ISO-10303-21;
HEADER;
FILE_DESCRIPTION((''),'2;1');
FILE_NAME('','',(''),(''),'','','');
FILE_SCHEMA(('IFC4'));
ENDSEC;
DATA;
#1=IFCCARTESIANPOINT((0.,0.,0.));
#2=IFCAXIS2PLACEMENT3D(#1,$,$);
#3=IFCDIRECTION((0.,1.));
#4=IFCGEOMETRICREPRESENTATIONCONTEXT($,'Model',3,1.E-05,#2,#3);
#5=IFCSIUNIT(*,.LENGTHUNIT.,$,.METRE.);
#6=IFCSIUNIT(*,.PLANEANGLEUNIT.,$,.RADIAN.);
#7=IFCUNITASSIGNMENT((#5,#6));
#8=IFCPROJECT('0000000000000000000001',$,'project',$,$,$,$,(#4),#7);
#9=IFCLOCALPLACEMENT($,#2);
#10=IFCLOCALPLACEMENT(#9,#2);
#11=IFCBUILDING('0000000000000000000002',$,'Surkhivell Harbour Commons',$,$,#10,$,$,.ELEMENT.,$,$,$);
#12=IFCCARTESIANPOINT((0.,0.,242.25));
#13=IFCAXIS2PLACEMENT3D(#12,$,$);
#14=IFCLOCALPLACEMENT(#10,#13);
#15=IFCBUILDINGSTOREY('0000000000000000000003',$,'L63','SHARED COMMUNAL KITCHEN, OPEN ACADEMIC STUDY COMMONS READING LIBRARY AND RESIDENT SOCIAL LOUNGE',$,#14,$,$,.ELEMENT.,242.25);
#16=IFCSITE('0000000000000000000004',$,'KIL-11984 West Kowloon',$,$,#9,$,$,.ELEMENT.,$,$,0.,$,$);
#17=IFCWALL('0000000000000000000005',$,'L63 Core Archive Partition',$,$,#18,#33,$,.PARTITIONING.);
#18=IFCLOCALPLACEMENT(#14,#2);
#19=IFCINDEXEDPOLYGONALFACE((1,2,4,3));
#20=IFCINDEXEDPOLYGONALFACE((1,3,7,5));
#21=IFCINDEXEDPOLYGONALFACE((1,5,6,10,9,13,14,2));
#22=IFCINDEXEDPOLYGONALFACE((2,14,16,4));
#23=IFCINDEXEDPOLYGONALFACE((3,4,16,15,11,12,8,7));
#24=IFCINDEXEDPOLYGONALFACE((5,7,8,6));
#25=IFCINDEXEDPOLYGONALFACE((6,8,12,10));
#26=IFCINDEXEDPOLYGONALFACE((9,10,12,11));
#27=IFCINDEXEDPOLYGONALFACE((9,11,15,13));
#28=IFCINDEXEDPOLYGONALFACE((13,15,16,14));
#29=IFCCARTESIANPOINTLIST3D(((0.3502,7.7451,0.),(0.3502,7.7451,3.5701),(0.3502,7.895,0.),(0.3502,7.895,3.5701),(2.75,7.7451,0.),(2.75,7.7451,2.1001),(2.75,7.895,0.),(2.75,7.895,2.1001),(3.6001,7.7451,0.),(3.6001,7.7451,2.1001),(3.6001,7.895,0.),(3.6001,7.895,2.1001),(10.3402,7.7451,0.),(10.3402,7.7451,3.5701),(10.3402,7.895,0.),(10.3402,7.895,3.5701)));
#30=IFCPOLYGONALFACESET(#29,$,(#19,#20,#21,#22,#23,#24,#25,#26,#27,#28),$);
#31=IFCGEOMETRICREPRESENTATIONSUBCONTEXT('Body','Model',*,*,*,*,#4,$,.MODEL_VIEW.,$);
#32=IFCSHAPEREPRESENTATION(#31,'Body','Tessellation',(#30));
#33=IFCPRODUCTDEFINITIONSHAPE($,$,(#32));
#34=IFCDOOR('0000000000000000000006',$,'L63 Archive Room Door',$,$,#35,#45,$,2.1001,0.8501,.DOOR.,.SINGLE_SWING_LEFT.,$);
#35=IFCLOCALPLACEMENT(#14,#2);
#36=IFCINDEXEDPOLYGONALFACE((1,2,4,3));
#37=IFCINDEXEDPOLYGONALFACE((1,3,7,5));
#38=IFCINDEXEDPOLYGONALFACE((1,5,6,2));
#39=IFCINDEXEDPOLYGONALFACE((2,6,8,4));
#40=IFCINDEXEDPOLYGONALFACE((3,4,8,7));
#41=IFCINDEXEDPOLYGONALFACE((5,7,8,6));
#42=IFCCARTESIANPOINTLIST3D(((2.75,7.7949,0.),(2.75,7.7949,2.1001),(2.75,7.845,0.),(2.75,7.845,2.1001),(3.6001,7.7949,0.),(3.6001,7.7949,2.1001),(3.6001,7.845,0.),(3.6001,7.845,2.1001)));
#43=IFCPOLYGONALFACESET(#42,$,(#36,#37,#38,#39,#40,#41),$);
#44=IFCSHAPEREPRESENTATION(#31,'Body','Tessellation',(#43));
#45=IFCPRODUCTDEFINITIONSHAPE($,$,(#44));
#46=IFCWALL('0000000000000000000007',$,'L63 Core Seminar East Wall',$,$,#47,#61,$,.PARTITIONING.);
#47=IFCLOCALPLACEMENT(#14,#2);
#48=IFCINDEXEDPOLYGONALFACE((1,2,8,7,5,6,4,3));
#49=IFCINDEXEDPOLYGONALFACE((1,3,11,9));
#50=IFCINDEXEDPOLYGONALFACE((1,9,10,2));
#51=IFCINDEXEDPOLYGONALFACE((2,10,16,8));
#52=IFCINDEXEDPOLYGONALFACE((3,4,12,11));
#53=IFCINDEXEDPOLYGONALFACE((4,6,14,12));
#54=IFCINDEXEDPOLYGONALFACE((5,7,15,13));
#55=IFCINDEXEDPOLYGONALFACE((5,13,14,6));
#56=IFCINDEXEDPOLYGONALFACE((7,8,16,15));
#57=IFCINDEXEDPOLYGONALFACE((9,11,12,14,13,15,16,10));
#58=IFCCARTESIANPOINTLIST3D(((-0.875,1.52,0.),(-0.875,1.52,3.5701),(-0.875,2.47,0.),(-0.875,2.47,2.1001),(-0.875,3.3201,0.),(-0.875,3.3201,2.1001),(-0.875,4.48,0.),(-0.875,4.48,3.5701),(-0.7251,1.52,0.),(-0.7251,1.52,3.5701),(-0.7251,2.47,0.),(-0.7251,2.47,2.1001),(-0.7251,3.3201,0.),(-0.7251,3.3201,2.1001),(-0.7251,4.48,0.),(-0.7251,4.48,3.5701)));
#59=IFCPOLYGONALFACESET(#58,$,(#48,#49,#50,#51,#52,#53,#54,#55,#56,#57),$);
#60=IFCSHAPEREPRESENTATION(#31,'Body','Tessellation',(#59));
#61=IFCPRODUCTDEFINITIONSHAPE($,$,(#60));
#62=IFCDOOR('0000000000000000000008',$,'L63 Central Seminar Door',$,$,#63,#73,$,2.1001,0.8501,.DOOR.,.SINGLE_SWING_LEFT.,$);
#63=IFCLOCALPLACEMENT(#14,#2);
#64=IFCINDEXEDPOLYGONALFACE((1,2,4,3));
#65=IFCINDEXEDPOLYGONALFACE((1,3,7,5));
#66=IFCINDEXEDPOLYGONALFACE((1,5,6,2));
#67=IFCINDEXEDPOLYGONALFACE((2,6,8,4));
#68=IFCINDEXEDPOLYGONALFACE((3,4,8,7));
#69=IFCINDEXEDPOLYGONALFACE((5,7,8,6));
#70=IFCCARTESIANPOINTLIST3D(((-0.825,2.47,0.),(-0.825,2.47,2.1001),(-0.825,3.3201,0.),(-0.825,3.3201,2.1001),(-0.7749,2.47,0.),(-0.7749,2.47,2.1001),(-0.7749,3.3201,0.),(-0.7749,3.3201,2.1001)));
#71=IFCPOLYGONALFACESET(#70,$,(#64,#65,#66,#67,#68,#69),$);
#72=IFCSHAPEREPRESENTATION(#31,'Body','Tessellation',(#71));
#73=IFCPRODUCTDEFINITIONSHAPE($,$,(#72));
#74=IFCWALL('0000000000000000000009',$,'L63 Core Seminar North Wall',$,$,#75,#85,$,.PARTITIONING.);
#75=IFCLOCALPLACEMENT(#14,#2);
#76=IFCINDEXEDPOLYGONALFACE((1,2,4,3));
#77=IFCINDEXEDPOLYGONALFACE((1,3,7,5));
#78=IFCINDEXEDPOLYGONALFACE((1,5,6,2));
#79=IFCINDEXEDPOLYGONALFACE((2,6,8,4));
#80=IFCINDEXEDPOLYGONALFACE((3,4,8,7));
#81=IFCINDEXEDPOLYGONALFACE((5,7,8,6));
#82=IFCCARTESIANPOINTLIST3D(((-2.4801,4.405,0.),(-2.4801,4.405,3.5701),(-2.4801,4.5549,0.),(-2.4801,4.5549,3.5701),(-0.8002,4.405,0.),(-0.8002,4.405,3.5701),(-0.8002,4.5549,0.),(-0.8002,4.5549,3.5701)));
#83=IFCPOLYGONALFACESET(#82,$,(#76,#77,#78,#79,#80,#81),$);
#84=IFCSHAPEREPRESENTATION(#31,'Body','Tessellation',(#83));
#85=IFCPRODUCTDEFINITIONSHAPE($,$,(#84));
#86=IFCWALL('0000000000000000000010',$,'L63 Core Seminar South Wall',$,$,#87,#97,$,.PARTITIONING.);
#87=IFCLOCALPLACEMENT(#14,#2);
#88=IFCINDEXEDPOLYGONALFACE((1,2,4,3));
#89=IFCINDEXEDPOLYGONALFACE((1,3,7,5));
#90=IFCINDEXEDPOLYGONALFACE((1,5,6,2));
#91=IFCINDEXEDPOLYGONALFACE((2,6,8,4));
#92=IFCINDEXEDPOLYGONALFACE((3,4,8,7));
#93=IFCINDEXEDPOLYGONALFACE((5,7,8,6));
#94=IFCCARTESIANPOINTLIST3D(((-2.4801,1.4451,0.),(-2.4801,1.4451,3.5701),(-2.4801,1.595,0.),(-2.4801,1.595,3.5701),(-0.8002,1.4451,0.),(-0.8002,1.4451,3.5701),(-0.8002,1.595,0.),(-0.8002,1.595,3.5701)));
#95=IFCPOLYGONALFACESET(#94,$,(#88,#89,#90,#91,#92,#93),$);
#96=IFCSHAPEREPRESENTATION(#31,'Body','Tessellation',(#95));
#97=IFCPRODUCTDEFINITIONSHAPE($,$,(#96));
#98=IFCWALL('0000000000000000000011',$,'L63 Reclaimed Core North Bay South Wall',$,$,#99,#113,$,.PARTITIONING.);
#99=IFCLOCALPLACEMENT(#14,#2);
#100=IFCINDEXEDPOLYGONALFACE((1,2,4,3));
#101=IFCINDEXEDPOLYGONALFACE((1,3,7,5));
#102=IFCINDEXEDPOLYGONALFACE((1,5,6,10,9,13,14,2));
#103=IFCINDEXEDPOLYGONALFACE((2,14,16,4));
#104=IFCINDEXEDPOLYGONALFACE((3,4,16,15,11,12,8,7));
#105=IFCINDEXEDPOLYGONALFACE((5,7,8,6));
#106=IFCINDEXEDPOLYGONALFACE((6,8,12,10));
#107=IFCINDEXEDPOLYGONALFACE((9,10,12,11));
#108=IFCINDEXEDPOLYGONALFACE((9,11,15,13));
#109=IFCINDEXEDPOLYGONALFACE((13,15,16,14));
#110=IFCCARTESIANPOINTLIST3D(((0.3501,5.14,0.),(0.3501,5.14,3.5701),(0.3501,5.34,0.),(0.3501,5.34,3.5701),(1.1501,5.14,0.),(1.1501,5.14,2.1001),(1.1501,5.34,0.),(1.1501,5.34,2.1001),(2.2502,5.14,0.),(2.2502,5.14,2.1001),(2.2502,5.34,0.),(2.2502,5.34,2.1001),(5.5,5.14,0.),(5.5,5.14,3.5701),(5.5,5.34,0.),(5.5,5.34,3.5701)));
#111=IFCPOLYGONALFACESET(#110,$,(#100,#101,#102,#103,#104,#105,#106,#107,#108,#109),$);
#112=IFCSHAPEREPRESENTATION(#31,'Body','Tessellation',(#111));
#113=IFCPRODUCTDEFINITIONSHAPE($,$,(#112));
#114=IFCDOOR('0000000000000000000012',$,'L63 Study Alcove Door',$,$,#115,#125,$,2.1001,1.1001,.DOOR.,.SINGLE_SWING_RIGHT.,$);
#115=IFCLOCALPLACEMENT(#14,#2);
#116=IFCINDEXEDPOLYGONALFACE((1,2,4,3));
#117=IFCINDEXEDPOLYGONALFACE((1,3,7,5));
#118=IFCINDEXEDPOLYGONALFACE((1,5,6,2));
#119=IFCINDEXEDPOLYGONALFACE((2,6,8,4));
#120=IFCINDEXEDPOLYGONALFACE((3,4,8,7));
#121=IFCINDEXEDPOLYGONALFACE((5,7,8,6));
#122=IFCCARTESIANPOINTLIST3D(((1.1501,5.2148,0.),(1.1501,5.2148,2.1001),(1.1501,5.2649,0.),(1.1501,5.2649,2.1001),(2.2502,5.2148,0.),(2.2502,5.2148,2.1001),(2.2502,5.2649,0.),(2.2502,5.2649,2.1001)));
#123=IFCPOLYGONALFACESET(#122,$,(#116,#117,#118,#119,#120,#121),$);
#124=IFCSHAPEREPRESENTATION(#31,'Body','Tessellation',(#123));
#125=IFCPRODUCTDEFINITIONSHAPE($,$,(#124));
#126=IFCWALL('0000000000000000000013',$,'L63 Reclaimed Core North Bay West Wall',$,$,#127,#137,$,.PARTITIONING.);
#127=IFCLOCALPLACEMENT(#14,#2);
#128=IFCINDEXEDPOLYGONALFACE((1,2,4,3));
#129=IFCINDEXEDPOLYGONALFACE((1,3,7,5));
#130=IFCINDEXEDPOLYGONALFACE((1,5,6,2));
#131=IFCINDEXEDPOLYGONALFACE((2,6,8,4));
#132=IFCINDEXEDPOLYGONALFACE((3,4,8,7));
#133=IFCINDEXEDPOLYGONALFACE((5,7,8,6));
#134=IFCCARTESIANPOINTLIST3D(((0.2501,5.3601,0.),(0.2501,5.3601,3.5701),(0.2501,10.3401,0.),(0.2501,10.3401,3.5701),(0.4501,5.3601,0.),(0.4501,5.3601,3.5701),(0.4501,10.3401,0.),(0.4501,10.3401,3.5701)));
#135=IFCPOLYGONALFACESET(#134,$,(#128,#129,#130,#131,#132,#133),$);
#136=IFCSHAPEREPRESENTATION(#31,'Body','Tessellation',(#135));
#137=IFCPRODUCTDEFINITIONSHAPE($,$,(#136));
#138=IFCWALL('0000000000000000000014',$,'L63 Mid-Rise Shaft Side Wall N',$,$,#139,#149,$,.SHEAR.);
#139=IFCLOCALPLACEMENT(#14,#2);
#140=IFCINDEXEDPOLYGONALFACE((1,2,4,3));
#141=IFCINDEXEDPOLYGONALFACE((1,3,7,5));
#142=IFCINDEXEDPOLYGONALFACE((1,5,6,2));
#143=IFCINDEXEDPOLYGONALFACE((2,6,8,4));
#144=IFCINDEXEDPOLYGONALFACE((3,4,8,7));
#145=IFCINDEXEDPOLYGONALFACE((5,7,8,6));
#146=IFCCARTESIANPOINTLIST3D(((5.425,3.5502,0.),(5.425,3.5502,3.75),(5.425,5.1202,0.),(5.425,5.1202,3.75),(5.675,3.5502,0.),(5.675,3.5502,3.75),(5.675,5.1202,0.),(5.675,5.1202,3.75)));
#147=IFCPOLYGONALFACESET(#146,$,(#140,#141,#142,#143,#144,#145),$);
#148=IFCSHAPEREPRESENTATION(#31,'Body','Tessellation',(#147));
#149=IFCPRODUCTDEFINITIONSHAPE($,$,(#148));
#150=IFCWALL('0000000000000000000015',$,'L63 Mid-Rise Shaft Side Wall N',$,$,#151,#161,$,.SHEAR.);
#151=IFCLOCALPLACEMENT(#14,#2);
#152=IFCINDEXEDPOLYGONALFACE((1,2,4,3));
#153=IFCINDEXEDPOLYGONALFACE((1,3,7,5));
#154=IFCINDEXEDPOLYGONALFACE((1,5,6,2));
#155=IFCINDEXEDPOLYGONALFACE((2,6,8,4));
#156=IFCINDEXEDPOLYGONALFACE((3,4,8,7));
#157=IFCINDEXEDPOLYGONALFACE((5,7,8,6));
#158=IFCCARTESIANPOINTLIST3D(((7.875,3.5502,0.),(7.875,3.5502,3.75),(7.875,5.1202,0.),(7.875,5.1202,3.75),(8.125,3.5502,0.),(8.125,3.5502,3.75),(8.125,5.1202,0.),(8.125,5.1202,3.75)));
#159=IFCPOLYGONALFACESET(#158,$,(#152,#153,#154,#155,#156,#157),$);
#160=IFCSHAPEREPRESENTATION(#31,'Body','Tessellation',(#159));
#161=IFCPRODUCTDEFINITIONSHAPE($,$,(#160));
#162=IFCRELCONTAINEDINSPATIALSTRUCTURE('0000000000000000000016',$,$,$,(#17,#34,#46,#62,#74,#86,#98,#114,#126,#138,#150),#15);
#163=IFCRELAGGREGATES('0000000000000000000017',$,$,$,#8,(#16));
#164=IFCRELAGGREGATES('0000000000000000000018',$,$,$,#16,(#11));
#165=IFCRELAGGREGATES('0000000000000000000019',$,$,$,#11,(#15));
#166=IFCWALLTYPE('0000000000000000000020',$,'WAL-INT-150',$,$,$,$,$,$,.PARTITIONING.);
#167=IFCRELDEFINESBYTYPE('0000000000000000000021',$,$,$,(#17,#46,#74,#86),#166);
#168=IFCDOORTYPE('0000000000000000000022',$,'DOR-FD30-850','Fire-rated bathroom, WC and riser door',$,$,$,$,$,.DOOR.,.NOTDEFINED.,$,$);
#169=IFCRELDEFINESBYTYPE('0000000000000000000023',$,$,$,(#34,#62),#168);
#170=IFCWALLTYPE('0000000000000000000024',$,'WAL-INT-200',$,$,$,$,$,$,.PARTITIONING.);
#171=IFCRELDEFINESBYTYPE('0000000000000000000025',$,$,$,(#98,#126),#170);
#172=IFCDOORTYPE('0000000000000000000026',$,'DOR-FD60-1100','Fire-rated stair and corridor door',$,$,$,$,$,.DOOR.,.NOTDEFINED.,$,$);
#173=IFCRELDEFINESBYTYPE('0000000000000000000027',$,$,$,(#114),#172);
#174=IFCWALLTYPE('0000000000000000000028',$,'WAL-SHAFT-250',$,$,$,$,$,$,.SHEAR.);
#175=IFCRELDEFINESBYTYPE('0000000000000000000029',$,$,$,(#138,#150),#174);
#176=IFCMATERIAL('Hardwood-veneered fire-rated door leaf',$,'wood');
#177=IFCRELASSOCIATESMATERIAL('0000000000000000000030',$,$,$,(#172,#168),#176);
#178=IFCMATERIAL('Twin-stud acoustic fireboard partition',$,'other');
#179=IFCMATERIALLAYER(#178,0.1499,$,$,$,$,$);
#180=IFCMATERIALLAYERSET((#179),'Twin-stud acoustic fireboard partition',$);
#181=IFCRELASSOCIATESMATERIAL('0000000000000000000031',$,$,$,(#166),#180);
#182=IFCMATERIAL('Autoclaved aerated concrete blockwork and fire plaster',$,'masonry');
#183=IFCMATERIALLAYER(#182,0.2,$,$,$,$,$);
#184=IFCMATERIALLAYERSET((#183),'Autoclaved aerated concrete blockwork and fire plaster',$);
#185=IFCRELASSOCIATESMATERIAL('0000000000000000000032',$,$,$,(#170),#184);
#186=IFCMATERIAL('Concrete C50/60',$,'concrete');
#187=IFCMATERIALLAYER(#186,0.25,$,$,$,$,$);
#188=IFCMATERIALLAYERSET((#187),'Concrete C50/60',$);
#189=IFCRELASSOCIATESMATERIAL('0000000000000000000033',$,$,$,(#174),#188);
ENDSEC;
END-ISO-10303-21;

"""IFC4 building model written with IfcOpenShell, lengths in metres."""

from ifc_helpers import new_model, si_unit, direction, frame, frame_2d, origin, place, context, subcontext, project, spatial, rectangle, extrude, material, layer, layer_set, type_object, element, fill, save


model = new_model("IFC4")

# Units and contexts
model_context = context("Model", 3, precision=1e-05, world=origin(), true_north=direction((0.0, 1.0)))
body_context = subcontext(model_context, "Body", "Model", "MODEL_VIEW")
ifc_project = project(units=[si_unit("LENGTHUNIT", "METRE"), si_unit("PLANEANGLEUNIT", "RADIAN")], contexts=[model_context])

# Site, building, storey
site_placement = place(None, origin())
site = spatial("IfcSite", under=ifc_project, at=site_placement, Name="KIL-11984 West Kowloon", CompositionType="ELEMENT", RefElevation=0.0)
building_placement = place(site_placement, origin())
building = spatial("IfcBuilding", under=site, at=building_placement, Name="Surkhivell Harbour Commons", CompositionType="ELEMENT")
storey_placement = place(building_placement, frame((0.0, 0.0, 242.25)))
storey = spatial("IfcBuildingStorey", under=building, at=storey_placement, Name="L63", Description="SHARED COMMUNAL KITCHEN, OPEN ACADEMIC STUDY COMMONS READING LIBRARY AND RESIDENT SOCIAL LOUNGE", CompositionType="ELEMENT", Elevation=242.25)

# Shared definitions
ifc_material_1 = material(Name="Hardwood-veneered fire-rated door leaf", Category="wood")
door_type_1 = type_object("IfcDoorType", Name="DOR-FD60-1100", Description="Fire-rated stair and corridor door", OperationType="NOTDEFINED", PredefinedType="DOOR", material=ifc_material_1)

# Shared definitions
ifc_material_2 = material(Name="Twin-stud acoustic fireboard partition", Category="other")
ifc_layer_1 = layer(ifc_material_2, 0.1499)
ifc_layer_set_1 = layer_set([ifc_layer_1], Name="Twin-stud acoustic fireboard partition")
wall_type_1 = type_object("IfcWallType", Name="WAL-INT-150", PredefinedType="PARTITIONING", material=ifc_layer_set_1)

# Walls, openings, doors
wall_1_placement = place(storey_placement, frame((0.3501, 7.8201, 0.0), z_axis=(0.0, 0.0, 1.0), x_axis=(1.0, 0.0, 0.0)))
wall_1 = element("IfcWall", 1, at=wall_1_placement, inside=storey, type_object=wall_type_1, Name="L63 Core Archive Partition", PredefinedType="PARTITIONING", context=body_context, shape_type="SweptSolid", body=[
    extrude(rectangle(XDim=9.99, YDim=0.1499, at=frame_2d((4.9951, 0.0))), origin(), (0.0, 0.0, 1.0), 3.5701),
])
opening_1_placement = place(wall_1_placement, frame((2.3999, 0.0, 0.0)))
opening_1 = element("IfcOpeningElement", 2, at=opening_1_placement, cuts=wall_1, PredefinedType="OPENING", context=body_context, shape_type="SweptSolid", body=[
    extrude(rectangle(XDim=0.8501, YDim=2.1001, at=frame_2d((0.425, 1.05))), frame((0.0, 0.085, 0.0), z_axis=(0.0, -1.0, 0.0), x_axis=(1.0, 0.0, 0.0)), (0.0, 0.0, 1.0), 0.1699),
])
door_type_2 = type_object("IfcDoorType", Name="DOR-FD30-850", Description="Fire-rated bathroom, WC and riser door", OperationType="NOTDEFINED", PredefinedType="DOOR", material=ifc_material_1)
door_1_placement = place(opening_1_placement, origin())
door_1 = element("IfcDoor", 3, at=door_1_placement, inside=storey, type_object=door_type_2, Name="L63 Archive Room Door", OperationType="SINGLE_SWING_LEFT", OverallHeight=2.1001, OverallWidth=0.8501, PredefinedType="DOOR", context=body_context, shape_type="SweptSolid", body=[
    extrude(rectangle(XDim=0.8501, YDim=2.1001, at=frame_2d((0.425, 1.05))), frame((0.0, 0.0249, 0.0), z_axis=(0.0, -1.0, 0.0), x_axis=(1.0, 0.0, 0.0)), (0.0, 0.0, 1.0), 0.05),
])
fill(opening_1, door_1)
wall_2_placement = place(storey_placement, frame((-0.8, 1.52, 0.0), z_axis=(0.0, 0.0, 1.0), x_axis=(0.0, 1.0, 0.0)))
wall_2 = element("IfcWall", 4, at=wall_2_placement, inside=storey, type_object=wall_type_1, Name="L63 Core Seminar East Wall", PredefinedType="PARTITIONING", context=body_context, shape_type="SweptSolid", body=[
    extrude(rectangle(XDim=2.96, YDim=0.1499, at=frame_2d((1.48, 0.0))), origin(), (0.0, 0.0, 1.0), 3.5701),
])
opening_2_placement = place(wall_2_placement, frame((0.95, 0.0, 0.0)))
opening_2 = element("IfcOpeningElement", 5, at=opening_2_placement, cuts=wall_2, PredefinedType="OPENING", context=body_context, shape_type="SweptSolid", body=[
    extrude(rectangle(XDim=0.8501, YDim=2.1001, at=frame_2d((0.425, 1.05))), frame((0.0, 0.085, 0.0), z_axis=(0.0, -1.0, 0.0), x_axis=(1.0, 0.0, 0.0)), (0.0, 0.0, 1.0), 0.1699),
])
door_2_placement = place(opening_2_placement, origin())
door_2 = element("IfcDoor", 6, at=door_2_placement, inside=storey, type_object=door_type_2, Name="L63 Central Seminar Door", OperationType="SINGLE_SWING_LEFT", OverallHeight=2.1001, OverallWidth=0.8501, PredefinedType="DOOR", context=body_context, shape_type="SweptSolid", body=[
    extrude(rectangle(XDim=0.8501, YDim=2.1001, at=frame_2d((0.425, 1.05))), frame((0.0, 0.0249, 0.0), z_axis=(0.0, -1.0, 0.0), x_axis=(1.0, 0.0, 0.0)), (0.0, 0.0, 1.0), 0.05),
])
fill(opening_2, door_2)

# Walls
for number, where, z_axis, x_axis, name in (
    (7, (-2.48, 4.48, 0.0), (0.0, 0.0, 1.0), (1.0, 0.0, 0.0), "L63 Core Seminar North Wall"),
    (8, (-2.48, 1.52, 0.0), (0.0, 0.0, 1.0), (1.0, 0.0, 0.0), "L63 Core Seminar South Wall"),
):
    element("IfcWall", number, at=place(storey_placement, frame(where, z_axis=z_axis, x_axis=x_axis)), inside=storey, type_object=wall_type_1, Name=name, PredefinedType="PARTITIONING", context=body_context, shape_type="SweptSolid", body=[
        extrude(rectangle(XDim=1.6799, YDim=0.1499, at=frame_2d((0.8398, 0.0))), origin(), (0.0, 0.0, 1.0), 3.5701),
    ])

# Wall, opening, door
ifc_material_3 = material(Name="Autoclaved aerated concrete blockwork and fire plaster", Category="masonry")
ifc_layer_2 = layer(ifc_material_3, 0.2)
ifc_layer_set_2 = layer_set([ifc_layer_2], Name="Autoclaved aerated concrete blockwork and fire plaster")
wall_type_2 = type_object("IfcWallType", Name="WAL-INT-200", PredefinedType="PARTITIONING", material=ifc_layer_set_2)
wall_3_placement = place(storey_placement, frame((0.3501, 5.24, 0.0), z_axis=(0.0, 0.0, 1.0), x_axis=(1.0, 0.0, 0.0)))
wall_3 = element("IfcWall", 9, at=wall_3_placement, inside=storey, type_object=wall_type_2, Name="L63 Reclaimed Core North Bay South Wall", PredefinedType="PARTITIONING", context=body_context, shape_type="SweptSolid", body=[
    extrude(rectangle(XDim=5.1499, YDim=0.2, at=frame_2d((2.575, 0.0))), origin(), (0.0, 0.0, 1.0), 3.5701),
])
opening_3_placement = place(wall_3_placement, frame((0.8, 0.0, 0.0)))
opening_3 = element("IfcOpeningElement", 10, at=opening_3_placement, cuts=wall_3, PredefinedType="OPENING", context=body_context, shape_type="SweptSolid", body=[
    extrude(rectangle(XDim=1.1001, YDim=2.1001, at=frame_2d((0.55, 1.05))), frame((0.0, 0.1099, 0.0), z_axis=(0.0, -1.0, 0.0), x_axis=(1.0, 0.0, 0.0)), (0.0, 0.0, 1.0), 0.22),
])
door_3_placement = place(opening_3_placement, origin())
door_3 = element("IfcDoor", 11, at=door_3_placement, inside=storey, type_object=door_type_1, Name="L63 Study Alcove Door", OperationType="SINGLE_SWING_RIGHT", OverallHeight=2.1001, OverallWidth=1.1001, PredefinedType="DOOR", context=body_context, shape_type="SweptSolid", body=[
    extrude(rectangle(XDim=1.1001, YDim=2.1001, at=frame_2d((0.55, 1.05))), frame((0.0, 0.0249, 0.0), z_axis=(0.0, -1.0, 0.0), x_axis=(1.0, 0.0, 0.0)), (0.0, 0.0, 1.0), 0.05),
])
fill(opening_3, door_3)

# Walls
wall_4_placement = place(storey_placement, frame((0.3501, 5.3601, 0.0), z_axis=(0.0, 0.0, 1.0), x_axis=(0.0, 1.0, 0.0)))
element("IfcWall", 12, at=wall_4_placement, inside=storey, type_object=wall_type_2, Name="L63 Reclaimed Core North Bay West Wall", PredefinedType="PARTITIONING", context=body_context, shape_type="SweptSolid", body=[
    extrude(rectangle(XDim=4.98, YDim=0.2, at=frame_2d((2.49, 0.0))), origin(), (0.0, 0.0, 1.0), 3.5701),
])
ifc_material_4 = material(Name="Concrete C50/60", Category="concrete")
ifc_layer_3 = layer(ifc_material_4, 0.25)
ifc_layer_set_3 = layer_set([ifc_layer_3], Name="Concrete C50/60")
wall_type_3 = type_object("IfcWallType", Name="WAL-SHAFT-250", PredefinedType="SHEAR", material=ifc_layer_set_3)
for number, where, z_axis, x_axis, name in (
    (13, (5.55, 3.55, 0.0), (0.0, 0.0, 1.0), (0.0, 1.0, 0.0), "L63 Mid-Rise Shaft Side Wall N"),
    (14, (8.0, 3.55, 0.0), (0.0, 0.0, 1.0), (0.0, 1.0, 0.0), "L63 Mid-Rise Shaft Side Wall N"),
):
    element("IfcWall", number, at=place(storey_placement, frame(where, z_axis=z_axis, x_axis=x_axis)), inside=storey, type_object=wall_type_3, Name=name, PredefinedType="SHEAR", context=body_context, shape_type="SweptSolid", body=[
        extrude(rectangle(XDim=1.5701, YDim=0.25, at=frame_2d((0.7852, 0.0))), origin(), (0.0, 0.0, 1.0), 3.75),
    ])

save(model, "model.ifc")
